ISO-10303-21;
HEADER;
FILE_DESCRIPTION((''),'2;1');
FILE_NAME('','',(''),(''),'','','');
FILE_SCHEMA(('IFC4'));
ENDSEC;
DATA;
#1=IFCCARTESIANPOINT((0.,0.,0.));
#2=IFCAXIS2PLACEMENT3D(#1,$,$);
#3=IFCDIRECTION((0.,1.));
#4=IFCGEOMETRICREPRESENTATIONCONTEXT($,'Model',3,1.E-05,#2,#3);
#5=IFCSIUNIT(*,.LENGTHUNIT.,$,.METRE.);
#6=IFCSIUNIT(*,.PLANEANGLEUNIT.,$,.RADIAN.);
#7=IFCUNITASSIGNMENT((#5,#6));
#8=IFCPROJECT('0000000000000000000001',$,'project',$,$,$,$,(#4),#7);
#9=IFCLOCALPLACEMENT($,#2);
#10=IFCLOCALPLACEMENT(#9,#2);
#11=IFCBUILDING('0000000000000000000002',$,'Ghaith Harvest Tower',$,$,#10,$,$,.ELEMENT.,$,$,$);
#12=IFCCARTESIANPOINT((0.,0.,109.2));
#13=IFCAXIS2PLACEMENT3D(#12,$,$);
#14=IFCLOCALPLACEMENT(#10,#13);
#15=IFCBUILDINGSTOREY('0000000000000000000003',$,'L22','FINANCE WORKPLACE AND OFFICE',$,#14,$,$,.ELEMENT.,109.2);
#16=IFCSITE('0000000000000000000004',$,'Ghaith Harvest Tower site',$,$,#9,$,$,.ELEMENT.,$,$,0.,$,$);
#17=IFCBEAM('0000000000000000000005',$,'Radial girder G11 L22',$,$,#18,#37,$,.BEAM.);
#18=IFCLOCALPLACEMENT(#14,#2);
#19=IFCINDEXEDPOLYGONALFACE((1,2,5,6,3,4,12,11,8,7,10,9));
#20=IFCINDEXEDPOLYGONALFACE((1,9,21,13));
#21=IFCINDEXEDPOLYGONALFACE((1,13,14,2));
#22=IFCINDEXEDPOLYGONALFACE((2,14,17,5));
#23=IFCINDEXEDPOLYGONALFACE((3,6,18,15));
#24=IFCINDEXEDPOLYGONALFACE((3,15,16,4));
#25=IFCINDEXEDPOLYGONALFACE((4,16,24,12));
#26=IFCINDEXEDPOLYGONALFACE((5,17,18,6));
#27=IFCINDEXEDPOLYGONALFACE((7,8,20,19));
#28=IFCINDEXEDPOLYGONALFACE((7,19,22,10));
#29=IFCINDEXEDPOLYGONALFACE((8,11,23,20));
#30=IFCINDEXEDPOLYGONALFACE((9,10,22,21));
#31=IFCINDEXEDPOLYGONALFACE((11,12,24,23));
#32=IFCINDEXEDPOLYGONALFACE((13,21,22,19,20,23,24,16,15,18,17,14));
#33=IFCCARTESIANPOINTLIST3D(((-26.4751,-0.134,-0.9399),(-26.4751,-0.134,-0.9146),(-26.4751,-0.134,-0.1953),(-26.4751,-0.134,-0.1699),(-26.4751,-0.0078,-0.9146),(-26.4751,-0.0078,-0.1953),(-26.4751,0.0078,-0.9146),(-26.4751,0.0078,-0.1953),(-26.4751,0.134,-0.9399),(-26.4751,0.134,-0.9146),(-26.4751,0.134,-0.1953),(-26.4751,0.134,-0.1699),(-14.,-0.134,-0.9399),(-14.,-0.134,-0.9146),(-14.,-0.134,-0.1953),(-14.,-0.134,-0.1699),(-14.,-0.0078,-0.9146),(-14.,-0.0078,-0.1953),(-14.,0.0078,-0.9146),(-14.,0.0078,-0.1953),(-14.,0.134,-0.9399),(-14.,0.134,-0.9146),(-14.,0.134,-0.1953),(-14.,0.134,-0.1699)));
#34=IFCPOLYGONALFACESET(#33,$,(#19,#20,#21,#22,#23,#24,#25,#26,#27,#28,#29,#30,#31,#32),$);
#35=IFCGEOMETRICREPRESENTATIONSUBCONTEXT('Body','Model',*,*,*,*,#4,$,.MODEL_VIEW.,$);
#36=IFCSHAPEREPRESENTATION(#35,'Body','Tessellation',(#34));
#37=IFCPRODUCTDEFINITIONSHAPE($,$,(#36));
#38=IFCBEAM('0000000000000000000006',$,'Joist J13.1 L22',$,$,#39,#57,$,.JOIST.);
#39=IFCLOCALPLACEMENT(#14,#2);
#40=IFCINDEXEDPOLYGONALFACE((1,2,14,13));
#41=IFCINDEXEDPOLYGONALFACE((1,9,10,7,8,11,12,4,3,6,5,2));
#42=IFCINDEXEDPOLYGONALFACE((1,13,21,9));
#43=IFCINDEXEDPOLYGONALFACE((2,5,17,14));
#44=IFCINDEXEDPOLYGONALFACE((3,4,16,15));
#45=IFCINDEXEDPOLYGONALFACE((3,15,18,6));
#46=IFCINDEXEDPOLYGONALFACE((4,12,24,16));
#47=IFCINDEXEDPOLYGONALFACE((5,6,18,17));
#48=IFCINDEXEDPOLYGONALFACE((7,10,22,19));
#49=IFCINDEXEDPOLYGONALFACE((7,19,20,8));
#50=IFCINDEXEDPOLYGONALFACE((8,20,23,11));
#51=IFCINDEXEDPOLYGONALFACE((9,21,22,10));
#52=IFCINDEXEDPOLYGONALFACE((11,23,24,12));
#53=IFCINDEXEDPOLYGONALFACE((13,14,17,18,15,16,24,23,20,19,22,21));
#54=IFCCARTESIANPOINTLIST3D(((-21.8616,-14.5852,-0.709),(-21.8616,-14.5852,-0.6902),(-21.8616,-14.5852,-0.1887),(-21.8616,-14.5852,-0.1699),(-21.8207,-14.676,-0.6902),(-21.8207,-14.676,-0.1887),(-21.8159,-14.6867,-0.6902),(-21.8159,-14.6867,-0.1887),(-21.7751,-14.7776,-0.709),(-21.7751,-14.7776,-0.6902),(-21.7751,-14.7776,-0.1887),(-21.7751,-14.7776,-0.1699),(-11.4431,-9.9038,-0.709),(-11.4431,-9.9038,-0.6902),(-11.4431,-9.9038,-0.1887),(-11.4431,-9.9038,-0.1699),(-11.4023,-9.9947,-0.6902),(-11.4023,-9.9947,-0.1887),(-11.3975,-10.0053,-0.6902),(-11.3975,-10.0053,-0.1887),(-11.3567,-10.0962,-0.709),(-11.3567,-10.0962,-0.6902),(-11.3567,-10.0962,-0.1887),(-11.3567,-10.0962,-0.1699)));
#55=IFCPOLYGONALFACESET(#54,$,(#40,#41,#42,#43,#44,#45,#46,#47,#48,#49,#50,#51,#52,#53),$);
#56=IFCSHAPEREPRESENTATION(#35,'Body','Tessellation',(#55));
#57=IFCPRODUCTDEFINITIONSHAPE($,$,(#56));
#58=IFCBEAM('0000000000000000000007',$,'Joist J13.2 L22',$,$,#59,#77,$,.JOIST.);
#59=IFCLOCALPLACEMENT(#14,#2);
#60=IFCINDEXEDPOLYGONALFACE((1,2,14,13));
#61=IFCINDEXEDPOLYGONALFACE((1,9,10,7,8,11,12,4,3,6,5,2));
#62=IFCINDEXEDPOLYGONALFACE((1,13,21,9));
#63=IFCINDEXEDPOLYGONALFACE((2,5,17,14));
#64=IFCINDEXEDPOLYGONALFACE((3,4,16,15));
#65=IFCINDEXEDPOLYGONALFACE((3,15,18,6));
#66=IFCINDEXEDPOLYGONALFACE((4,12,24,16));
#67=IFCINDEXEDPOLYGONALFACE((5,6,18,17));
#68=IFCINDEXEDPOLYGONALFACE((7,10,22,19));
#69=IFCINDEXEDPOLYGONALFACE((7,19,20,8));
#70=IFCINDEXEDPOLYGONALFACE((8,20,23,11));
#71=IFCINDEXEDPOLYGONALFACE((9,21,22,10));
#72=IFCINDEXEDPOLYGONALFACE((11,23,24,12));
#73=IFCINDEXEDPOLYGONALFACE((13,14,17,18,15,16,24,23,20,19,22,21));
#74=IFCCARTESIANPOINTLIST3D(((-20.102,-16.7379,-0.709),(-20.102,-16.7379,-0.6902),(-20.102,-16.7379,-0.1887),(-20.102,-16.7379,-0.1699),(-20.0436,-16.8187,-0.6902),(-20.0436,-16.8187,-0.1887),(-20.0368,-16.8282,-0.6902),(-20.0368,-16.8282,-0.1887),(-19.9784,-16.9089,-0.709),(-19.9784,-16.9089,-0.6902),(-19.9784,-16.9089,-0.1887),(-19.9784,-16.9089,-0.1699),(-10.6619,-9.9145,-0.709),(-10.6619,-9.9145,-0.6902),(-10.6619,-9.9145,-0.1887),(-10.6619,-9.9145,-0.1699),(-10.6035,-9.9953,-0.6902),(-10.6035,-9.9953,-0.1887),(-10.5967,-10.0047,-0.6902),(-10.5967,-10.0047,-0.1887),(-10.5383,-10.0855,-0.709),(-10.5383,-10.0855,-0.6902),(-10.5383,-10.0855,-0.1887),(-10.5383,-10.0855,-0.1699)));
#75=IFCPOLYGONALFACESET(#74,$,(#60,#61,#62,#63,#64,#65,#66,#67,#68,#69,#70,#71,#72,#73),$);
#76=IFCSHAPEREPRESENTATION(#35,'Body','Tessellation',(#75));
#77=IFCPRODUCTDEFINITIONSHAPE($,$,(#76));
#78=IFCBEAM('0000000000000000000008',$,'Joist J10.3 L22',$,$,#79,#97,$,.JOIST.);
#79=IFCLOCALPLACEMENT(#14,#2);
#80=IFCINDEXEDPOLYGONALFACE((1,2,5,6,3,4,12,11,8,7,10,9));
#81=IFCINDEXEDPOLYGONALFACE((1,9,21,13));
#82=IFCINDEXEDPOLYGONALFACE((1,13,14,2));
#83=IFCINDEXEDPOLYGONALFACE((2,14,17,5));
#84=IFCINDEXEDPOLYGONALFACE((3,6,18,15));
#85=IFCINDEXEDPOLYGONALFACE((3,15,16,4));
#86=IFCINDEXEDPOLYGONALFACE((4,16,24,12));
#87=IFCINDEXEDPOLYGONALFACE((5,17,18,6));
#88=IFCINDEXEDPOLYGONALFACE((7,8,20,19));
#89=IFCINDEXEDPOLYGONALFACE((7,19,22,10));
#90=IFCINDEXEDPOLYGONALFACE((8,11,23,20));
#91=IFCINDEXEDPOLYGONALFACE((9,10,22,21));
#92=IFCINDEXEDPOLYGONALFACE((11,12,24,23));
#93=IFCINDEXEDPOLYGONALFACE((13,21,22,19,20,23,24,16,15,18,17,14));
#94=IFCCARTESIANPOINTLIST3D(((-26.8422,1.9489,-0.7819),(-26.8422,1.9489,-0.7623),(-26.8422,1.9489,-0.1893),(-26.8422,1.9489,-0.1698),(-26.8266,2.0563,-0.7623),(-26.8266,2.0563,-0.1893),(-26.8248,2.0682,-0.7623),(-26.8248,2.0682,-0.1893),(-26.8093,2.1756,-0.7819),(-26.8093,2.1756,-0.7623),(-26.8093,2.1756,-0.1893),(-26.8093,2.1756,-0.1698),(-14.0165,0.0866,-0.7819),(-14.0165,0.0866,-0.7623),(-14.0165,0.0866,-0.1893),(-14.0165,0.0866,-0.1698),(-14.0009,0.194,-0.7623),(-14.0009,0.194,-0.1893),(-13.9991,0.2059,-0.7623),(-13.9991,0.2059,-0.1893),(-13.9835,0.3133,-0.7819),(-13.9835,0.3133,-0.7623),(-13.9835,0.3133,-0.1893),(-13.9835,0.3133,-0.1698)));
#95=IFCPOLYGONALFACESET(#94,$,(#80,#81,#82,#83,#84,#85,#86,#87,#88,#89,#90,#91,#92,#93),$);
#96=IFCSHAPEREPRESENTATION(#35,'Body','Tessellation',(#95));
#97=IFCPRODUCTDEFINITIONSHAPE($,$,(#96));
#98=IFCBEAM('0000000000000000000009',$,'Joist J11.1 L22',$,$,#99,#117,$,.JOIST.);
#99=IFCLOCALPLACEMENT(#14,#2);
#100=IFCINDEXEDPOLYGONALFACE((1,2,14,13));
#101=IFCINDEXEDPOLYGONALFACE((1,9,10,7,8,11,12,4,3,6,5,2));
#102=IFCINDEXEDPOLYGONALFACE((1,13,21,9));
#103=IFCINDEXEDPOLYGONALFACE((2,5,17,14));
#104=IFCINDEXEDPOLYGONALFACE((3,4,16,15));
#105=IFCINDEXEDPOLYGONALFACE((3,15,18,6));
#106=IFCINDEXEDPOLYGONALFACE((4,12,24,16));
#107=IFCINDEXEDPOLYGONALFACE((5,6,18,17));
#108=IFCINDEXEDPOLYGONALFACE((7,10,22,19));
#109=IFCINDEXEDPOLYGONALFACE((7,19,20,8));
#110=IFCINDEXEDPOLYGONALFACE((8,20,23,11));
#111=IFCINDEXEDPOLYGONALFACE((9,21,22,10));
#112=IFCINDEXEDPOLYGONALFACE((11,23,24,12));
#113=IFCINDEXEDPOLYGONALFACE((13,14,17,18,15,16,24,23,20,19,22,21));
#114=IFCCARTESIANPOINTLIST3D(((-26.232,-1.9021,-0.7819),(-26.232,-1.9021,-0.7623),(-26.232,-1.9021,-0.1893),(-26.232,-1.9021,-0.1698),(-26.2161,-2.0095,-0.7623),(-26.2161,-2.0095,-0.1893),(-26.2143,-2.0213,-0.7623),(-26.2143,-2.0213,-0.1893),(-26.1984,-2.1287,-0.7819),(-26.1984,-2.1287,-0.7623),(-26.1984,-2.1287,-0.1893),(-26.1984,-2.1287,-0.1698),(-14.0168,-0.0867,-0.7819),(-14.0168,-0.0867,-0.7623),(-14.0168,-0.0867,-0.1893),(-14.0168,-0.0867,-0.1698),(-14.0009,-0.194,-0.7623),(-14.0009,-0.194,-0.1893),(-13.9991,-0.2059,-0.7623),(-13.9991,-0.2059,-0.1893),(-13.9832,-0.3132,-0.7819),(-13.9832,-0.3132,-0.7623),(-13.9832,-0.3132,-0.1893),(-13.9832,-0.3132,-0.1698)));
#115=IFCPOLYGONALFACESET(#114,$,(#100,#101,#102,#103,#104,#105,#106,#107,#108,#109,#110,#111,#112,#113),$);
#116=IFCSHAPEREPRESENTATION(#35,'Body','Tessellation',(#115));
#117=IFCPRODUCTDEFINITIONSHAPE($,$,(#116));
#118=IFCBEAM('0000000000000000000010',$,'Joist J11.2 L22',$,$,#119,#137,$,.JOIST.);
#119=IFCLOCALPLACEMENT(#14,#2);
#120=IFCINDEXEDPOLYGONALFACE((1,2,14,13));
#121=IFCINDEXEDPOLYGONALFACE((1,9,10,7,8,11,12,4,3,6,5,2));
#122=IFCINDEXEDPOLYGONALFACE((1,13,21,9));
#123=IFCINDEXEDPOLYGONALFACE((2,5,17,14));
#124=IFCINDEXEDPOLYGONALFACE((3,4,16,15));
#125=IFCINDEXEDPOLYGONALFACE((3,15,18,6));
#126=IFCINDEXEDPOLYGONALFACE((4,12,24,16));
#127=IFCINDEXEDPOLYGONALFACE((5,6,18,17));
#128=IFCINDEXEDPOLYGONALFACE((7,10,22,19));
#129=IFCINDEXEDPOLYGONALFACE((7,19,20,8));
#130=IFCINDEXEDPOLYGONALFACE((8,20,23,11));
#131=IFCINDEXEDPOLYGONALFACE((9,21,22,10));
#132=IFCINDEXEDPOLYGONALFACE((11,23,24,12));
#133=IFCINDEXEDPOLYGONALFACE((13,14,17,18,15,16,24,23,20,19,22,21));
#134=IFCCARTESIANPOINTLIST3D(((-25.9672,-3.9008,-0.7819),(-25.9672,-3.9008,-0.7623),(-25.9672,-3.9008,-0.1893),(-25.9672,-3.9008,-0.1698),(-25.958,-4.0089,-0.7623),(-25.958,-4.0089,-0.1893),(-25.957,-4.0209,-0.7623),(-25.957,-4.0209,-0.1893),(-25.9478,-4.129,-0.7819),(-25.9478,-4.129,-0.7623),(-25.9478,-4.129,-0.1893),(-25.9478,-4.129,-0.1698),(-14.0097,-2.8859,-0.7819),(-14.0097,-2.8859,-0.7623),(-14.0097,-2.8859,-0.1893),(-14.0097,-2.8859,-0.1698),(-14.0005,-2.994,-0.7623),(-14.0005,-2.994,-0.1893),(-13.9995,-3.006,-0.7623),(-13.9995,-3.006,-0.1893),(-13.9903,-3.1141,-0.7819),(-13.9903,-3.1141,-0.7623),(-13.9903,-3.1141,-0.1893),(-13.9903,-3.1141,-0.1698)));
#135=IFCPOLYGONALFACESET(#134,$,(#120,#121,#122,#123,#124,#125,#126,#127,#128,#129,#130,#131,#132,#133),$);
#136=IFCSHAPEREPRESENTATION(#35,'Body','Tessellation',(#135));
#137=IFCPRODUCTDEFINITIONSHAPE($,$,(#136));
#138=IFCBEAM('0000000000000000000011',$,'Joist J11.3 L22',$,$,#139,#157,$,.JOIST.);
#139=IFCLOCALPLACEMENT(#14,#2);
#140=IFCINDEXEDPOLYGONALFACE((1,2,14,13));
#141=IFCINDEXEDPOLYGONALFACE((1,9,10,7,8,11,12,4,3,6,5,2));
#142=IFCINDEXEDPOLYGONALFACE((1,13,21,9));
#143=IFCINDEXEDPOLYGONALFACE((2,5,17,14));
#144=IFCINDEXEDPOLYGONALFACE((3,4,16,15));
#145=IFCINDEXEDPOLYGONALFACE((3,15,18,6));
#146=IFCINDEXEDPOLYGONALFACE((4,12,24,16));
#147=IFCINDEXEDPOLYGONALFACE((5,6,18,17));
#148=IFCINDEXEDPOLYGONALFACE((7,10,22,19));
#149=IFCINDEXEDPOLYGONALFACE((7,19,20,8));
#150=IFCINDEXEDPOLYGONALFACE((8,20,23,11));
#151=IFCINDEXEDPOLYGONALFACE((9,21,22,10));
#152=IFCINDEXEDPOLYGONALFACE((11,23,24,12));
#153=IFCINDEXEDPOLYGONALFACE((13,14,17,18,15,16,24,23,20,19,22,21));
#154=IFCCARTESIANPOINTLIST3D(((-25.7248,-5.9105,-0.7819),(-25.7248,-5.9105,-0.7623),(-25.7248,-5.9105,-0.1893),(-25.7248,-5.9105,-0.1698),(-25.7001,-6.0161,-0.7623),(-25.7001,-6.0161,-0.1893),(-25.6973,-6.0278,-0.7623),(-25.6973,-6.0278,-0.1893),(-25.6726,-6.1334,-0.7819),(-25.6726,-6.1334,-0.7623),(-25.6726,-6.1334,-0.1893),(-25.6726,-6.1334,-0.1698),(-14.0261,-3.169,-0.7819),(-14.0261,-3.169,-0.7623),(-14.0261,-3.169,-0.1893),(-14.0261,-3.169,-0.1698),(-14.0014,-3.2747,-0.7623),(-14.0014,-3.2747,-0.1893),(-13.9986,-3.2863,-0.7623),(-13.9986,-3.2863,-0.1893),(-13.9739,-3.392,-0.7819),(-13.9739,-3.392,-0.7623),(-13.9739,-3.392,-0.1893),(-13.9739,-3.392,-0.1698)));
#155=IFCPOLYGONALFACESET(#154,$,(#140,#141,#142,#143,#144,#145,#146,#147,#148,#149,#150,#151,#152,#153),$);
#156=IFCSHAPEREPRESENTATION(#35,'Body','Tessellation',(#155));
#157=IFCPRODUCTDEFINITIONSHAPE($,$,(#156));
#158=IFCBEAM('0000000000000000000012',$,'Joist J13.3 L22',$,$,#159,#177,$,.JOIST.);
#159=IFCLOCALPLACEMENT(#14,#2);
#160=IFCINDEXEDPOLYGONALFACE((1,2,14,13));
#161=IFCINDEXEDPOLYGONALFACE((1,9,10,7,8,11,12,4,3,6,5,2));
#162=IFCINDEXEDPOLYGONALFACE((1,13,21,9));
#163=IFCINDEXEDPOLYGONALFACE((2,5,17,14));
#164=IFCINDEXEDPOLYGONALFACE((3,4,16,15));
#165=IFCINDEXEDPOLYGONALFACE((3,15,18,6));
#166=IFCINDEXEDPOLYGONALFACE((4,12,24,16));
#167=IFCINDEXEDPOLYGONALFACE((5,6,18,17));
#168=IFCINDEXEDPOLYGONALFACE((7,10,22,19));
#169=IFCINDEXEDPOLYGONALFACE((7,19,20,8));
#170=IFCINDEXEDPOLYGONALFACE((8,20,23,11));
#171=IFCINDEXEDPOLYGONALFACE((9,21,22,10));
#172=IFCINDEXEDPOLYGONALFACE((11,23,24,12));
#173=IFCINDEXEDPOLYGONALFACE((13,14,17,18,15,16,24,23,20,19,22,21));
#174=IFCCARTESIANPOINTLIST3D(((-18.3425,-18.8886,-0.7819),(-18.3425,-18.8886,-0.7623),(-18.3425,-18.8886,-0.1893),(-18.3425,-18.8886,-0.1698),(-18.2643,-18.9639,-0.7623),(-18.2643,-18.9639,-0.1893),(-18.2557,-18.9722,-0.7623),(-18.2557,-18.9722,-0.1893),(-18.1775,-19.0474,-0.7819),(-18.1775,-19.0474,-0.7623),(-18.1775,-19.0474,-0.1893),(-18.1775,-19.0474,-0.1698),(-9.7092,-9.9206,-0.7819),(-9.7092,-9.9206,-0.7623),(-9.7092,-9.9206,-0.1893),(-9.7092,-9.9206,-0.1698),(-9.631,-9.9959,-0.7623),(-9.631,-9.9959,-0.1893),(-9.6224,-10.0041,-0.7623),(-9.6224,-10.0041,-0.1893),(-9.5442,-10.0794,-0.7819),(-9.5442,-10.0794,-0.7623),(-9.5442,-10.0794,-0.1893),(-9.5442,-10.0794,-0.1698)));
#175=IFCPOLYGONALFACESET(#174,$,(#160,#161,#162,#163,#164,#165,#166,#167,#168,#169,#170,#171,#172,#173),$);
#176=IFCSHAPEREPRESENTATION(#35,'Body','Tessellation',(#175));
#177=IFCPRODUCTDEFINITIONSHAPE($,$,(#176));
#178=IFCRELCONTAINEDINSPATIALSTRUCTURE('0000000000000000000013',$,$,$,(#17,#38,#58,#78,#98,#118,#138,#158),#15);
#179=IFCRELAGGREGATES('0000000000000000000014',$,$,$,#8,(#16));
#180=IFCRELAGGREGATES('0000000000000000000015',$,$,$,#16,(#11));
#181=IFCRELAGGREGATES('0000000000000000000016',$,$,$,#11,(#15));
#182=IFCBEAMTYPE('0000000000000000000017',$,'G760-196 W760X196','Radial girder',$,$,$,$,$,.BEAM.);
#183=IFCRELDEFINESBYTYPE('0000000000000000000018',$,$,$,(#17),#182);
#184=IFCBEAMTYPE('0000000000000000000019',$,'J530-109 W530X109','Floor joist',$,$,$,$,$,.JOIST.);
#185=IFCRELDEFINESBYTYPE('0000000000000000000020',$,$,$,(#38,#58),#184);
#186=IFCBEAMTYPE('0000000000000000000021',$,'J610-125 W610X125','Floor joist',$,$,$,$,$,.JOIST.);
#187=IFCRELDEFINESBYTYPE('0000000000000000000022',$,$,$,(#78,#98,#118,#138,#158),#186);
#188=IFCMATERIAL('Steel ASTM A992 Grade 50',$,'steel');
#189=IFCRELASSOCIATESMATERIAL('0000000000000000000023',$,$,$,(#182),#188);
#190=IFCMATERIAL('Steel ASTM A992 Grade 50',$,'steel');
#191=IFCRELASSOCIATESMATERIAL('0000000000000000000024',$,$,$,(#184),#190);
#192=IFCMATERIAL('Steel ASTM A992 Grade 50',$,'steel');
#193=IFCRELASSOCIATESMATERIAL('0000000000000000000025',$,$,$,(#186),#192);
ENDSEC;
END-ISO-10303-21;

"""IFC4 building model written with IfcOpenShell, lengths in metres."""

from ifc_helpers import new_model, si_unit, direction, frame, origin, origin_2d, place, context, subcontext, project, spatial, i_section, extrude, material, material_profile, profile_set, type_object, element, save


model = new_model("IFC4")

# Units and contexts
model_context = context("Model", 3, precision=1e-05, world=origin(), true_north=direction((0.0, 1.0)))
body_context = subcontext(model_context, "Body", "Model", "MODEL_VIEW")
ifc_project = project(units=[si_unit("LENGTHUNIT", "METRE"), si_unit("PLANEANGLEUNIT", "RADIAN")], contexts=[model_context])

# Site, building, storey
site_placement = place(None, origin())
site = spatial("IfcSite", under=ifc_project, at=site_placement, Name="Ghaith Harvest Tower site", CompositionType="ELEMENT", RefElevation=0.0)
building_placement = place(site_placement, origin())
building = spatial("IfcBuilding", under=site, at=building_placement, Name="Ghaith Harvest Tower", CompositionType="ELEMENT")
storey_placement = place(building_placement, frame((0.0, 0.0, 109.2)))
storey = spatial("IfcBuildingStorey", under=building, at=storey_placement, Name="L22", Description="FINANCE WORKPLACE AND OFFICE", CompositionType="ELEMENT", Elevation=109.2)

# Beams
ifc_material_1 = material(Name="Steel ASTM A992 Grade 50", Category="steel")
ifc_material_profile_1 = material_profile(ifc_material_1, i_section(OverallWidth=0.2681, OverallDepth=0.77, WebThickness=0.0156, FlangeThickness=0.0254, at=origin_2d()), Name="W760X196")
ifc_profile_set_1 = profile_set([ifc_material_profile_1], Name="Steel ASTM A992 Grade 50")
beam_type_1 = type_object("IfcBeamType", Name="G760-196 W760X196", Description="Radial girder", PredefinedType="BEAM", material=ifc_profile_set_1)
beam_1_placement = place(storey_placement, frame((-14.0, 0.0, -0.5549), z_axis=(-1.0, 0.0, 0.0), x_axis=(0.0, -1.0, 0.0)))
element("IfcBeam", 1, at=beam_1_placement, inside=storey, type_object=beam_type_1, Name="Radial girder G11 L22", PredefinedType="BEAM", context=body_context, shape_type="SweptSolid", body=[
    extrude(i_section(OverallWidth=0.2681, OverallDepth=0.77, WebThickness=0.0156, FlangeThickness=0.0254, at=origin_2d()), origin(), (0.0, 0.0, 1.0), 12.4751),
])
ifc_material_2 = material(Name="Steel ASTM A992 Grade 50", Category="steel")
ifc_material_profile_2 = material_profile(ifc_material_2, i_section(OverallWidth=0.2109, OverallDepth=0.5391, WebThickness=0.0117, FlangeThickness=0.0188, at=origin_2d()), Name="W530X109")
ifc_profile_set_2 = profile_set([ifc_material_profile_2], Name="Steel ASTM A992 Grade 50")
beam_type_2 = type_object("IfcBeamType", Name="J530-109 W530X109", Description="Floor joist", PredefinedType="JOIST", material=ifc_profile_set_2)
beam_2_placement = place(storey_placement, frame((-11.3999, -10.0, -0.4395), z_axis=(-0.912148, -0.409862, 0.0), x_axis=(0.409862, -0.912148, 0.0)))
element("IfcBeam", 2, at=beam_2_placement, inside=storey, type_object=beam_type_2, Name="Joist J13.1 L22", PredefinedType="JOIST", context=body_context, shape_type="SweptSolid", body=[
    extrude(i_section(OverallWidth=0.2109, OverallDepth=0.5391, WebThickness=0.0117, FlangeThickness=0.0188, at=origin_2d()), origin(), (0.0, 0.0, 1.0), 11.4219),
])
beam_3_placement = place(storey_placement, frame((-10.6001, -10.0, -0.4395), z_axis=(-0.810452, -0.585805, 0.0), x_axis=(0.585805, -0.810452, 0.0)))
element("IfcBeam", 3, at=beam_3_placement, inside=storey, type_object=beam_type_2, Name="Joist J13.2 L22", PredefinedType="JOIST", context=body_context, shape_type="SweptSolid", body=[
    extrude(i_section(OverallWidth=0.2109, OverallDepth=0.5391, WebThickness=0.0117, FlangeThickness=0.0188, at=origin_2d()), origin(), (0.0, 0.0, 1.0), 11.6479),
])
ifc_material_3 = material(Name="Steel ASTM A992 Grade 50", Category="steel")
ifc_material_profile_3 = material_profile(ifc_material_3, i_section(OverallWidth=0.229, OverallDepth=0.6121, WebThickness=0.012, FlangeThickness=0.0195, at=origin_2d()), Name="W610X125")
ifc_profile_set_3 = profile_set([ifc_material_profile_3], Name="Steel ASTM A992 Grade 50")
beam_type_3 = type_object("IfcBeamType", Name="J610-125 W610X125", Description="Floor joist", PredefinedType="JOIST", material=ifc_profile_set_3)
beam_4_placement = place(storey_placement, frame((-14.0, 0.2, -0.4758), z_axis=(-0.989622, 0.143694, 0.0), x_axis=(-0.143694, -0.989622, 0.0)))
element("IfcBeam", 4, at=beam_4_placement, inside=storey, type_object=beam_type_3, Name="Joist J10.3 L22", PredefinedType="JOIST", context=body_context, shape_type="SweptSolid", body=[
    extrude(i_section(OverallWidth=0.229, OverallDepth=0.6121, WebThickness=0.012, FlangeThickness=0.0195, at=origin_2d()), origin(), (0.0, 0.0, 1.0), 12.9602),
])
beam_5_placement = place(storey_placement, frame((-14.0, -0.2, -0.4758), z_axis=(-0.989135, -0.147007, 0.0), x_axis=(0.147007, -0.989135, 0.0)))
element("IfcBeam", 5, at=beam_5_placement, inside=storey, type_object=beam_type_3, Name="Joist J11.1 L22", PredefinedType="JOIST", context=body_context, shape_type="SweptSolid", body=[
    extrude(i_section(OverallWidth=0.229, OverallDepth=0.6121, WebThickness=0.012, FlangeThickness=0.0195, at=origin_2d()), origin(), (0.0, 0.0, 1.0), 12.3494),
])
beam_6_placement = place(storey_placement, frame((-14.0, -3.0, -0.4758), z_axis=(-0.996417, -0.084571, 0.0), x_axis=(0.084571, -0.996417, 0.0)))
element("IfcBeam", 6, at=beam_6_placement, inside=storey, type_object=beam_type_3, Name="Joist J11.2 L22", PredefinedType="JOIST", context=body_context, shape_type="SweptSolid", body=[
    extrude(i_section(OverallWidth=0.229, OverallDepth=0.6121, WebThickness=0.012, FlangeThickness=0.0195, at=origin_2d()), origin(), (0.0, 0.0, 1.0), 12.0005),
])
beam_7_placement = place(storey_placement, frame((-14.0, -3.2805, -0.4758), z_axis=(-0.973624, -0.228157, 0.0), x_axis=(0.228157, -0.973624, 0.0)))
element("IfcBeam", 7, at=beam_7_placement, inside=storey, type_object=beam_type_3, Name="Joist J11.3 L22", PredefinedType="JOIST", context=body_context, shape_type="SweptSolid", body=[
    extrude(i_section(OverallWidth=0.229, OverallDepth=0.6121, WebThickness=0.012, FlangeThickness=0.0195, at=origin_2d()), origin(), (0.0, 0.0, 1.0), 12.0156),
])
beam_8_placement = place(storey_placement, frame((-9.6267, -10.0, -0.4758), z_axis=(-0.693535, -0.720423, 0.0), x_axis=(0.720423, -0.693535, 0.0)))
element("IfcBeam", 8, at=beam_8_placement, inside=storey, type_object=beam_type_3, Name="Joist J13.3 L22", PredefinedType="JOIST", context=body_context, shape_type="SweptSolid", body=[
    extrude(i_section(OverallWidth=0.229, OverallDepth=0.6121, WebThickness=0.012, FlangeThickness=0.0195, at=origin_2d()), origin(), (0.0, 0.0, 1.0), 12.4482),
])

save(model, "model.ifc")
